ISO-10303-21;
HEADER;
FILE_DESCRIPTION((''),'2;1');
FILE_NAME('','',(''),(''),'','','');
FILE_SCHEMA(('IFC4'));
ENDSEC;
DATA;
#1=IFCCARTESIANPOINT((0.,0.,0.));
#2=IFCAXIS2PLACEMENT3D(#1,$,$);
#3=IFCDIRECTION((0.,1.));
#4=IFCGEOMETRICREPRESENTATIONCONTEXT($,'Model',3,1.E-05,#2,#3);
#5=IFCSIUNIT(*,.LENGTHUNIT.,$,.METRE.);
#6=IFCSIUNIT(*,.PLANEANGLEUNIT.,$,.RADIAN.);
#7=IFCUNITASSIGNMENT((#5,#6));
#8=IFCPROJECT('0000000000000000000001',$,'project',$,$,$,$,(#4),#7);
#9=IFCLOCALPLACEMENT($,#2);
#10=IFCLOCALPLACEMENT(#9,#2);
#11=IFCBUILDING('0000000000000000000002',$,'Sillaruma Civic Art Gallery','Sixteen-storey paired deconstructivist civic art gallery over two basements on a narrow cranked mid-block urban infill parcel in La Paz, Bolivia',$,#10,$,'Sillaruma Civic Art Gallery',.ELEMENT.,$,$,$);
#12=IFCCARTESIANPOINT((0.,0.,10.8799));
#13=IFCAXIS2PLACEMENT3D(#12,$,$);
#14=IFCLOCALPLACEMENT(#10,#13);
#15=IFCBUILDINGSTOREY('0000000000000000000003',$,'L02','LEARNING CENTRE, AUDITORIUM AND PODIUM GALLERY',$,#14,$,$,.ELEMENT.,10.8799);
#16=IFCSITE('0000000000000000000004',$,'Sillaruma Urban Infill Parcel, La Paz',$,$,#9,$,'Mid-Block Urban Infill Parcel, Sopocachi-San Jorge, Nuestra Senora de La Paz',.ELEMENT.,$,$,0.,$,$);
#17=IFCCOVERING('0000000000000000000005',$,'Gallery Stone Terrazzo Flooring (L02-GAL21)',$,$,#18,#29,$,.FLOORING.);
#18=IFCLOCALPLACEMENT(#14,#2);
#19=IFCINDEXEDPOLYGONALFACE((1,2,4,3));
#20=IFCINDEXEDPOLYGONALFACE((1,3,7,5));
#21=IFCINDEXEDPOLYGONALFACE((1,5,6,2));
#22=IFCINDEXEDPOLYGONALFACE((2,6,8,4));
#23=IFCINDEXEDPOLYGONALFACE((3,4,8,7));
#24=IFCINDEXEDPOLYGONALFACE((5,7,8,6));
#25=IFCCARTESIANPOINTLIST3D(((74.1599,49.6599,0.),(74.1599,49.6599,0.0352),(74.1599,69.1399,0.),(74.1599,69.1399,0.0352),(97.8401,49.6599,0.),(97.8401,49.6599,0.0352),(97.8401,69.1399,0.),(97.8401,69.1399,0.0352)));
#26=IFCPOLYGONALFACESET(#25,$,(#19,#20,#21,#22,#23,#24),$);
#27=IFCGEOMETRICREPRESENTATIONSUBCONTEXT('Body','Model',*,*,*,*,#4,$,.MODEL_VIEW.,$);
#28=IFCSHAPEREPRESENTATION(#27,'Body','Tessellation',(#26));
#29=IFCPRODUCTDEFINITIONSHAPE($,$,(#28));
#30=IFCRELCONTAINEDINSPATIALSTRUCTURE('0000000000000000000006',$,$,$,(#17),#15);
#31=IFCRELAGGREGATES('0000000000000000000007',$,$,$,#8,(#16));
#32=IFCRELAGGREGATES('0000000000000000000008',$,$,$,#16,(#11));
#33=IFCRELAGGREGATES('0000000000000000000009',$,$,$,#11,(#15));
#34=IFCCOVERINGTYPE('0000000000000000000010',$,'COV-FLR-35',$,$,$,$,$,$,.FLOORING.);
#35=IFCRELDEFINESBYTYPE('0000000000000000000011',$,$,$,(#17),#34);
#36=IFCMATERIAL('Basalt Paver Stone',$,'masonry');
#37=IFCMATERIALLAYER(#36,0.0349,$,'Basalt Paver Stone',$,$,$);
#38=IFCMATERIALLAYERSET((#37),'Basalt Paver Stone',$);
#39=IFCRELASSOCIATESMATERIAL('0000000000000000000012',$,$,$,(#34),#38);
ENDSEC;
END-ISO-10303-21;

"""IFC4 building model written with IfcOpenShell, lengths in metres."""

from ifc_helpers import new_model, si_unit, direction, frame, origin, place, context, subcontext, project, spatial, polyline, outline, extrude, material, layer, layer_set, type_object, element, save


model = new_model("IFC4")

# Units and contexts
model_context = context("Model", 3, precision=1e-05, world=origin(), true_north=direction((0.0, 1.0)))
body_context = subcontext(model_context, "Body", "Model", "MODEL_VIEW")
ifc_project = project(units=[si_unit("LENGTHUNIT", "METRE"), si_unit("PLANEANGLEUNIT", "RADIAN")], contexts=[model_context])

# Site, building, storey
site_placement = place(None, origin())
site = spatial("IfcSite", under=ifc_project, at=site_placement, Name="Sillaruma Urban Infill Parcel, La Paz", LongName="Mid-Block Urban Infill Parcel, Sopocachi-San Jorge, Nuestra Senora de La Paz", CompositionType="ELEMENT", RefElevation=0.0)
building_placement = place(site_placement, origin())
building = spatial("IfcBuilding", under=site, at=building_placement, Name="Sillaruma Civic Art Gallery", Description="Sixteen-storey paired deconstructivist civic art gallery over two basements on a narrow cranked mid-block urban infill parcel in La Paz, Bolivia", LongName="Sillaruma Civic Art Gallery", CompositionType="ELEMENT")
storey_placement = place(building_placement, frame((0.0, 0.0, 10.8799)))
storey = spatial("IfcBuildingStorey", under=building, at=storey_placement, Name="L02", Description="LEARNING CENTRE, AUDITORIUM AND PODIUM GALLERY", CompositionType="ELEMENT", Elevation=10.8799)

# Covering
ifc_material_1 = material(Name="Basalt Paver Stone", Category="masonry")
ifc_layer_1 = layer(ifc_material_1, 0.0349, Name="Basalt Paver Stone")
ifc_layer_set_1 = layer_set([ifc_layer_1], Name="Basalt Paver Stone")
covering_type_1 = type_object("IfcCoveringType", Name="COV-FLR-35", PredefinedType="FLOORING", material=ifc_layer_set_1)
covering_1_placement = place(storey_placement, origin())
element("IfcCovering", 1, at=covering_1_placement, inside=storey, type_object=covering_type_1, Name="Gallery Stone Terrazzo Flooring (L02-GAL21)", PredefinedType="FLOORING", context=body_context, shape_type="SweptSolid", body=[
    extrude(outline(polyline([(74.1599, 49.6599), (97.8401, 49.6599), (97.8401, 69.1399), (74.1599, 69.1399), (74.1599, 49.6599)])), origin(), (0.0, 0.0, 1.0), 0.0352),
])

save(model, "model.ifc")
